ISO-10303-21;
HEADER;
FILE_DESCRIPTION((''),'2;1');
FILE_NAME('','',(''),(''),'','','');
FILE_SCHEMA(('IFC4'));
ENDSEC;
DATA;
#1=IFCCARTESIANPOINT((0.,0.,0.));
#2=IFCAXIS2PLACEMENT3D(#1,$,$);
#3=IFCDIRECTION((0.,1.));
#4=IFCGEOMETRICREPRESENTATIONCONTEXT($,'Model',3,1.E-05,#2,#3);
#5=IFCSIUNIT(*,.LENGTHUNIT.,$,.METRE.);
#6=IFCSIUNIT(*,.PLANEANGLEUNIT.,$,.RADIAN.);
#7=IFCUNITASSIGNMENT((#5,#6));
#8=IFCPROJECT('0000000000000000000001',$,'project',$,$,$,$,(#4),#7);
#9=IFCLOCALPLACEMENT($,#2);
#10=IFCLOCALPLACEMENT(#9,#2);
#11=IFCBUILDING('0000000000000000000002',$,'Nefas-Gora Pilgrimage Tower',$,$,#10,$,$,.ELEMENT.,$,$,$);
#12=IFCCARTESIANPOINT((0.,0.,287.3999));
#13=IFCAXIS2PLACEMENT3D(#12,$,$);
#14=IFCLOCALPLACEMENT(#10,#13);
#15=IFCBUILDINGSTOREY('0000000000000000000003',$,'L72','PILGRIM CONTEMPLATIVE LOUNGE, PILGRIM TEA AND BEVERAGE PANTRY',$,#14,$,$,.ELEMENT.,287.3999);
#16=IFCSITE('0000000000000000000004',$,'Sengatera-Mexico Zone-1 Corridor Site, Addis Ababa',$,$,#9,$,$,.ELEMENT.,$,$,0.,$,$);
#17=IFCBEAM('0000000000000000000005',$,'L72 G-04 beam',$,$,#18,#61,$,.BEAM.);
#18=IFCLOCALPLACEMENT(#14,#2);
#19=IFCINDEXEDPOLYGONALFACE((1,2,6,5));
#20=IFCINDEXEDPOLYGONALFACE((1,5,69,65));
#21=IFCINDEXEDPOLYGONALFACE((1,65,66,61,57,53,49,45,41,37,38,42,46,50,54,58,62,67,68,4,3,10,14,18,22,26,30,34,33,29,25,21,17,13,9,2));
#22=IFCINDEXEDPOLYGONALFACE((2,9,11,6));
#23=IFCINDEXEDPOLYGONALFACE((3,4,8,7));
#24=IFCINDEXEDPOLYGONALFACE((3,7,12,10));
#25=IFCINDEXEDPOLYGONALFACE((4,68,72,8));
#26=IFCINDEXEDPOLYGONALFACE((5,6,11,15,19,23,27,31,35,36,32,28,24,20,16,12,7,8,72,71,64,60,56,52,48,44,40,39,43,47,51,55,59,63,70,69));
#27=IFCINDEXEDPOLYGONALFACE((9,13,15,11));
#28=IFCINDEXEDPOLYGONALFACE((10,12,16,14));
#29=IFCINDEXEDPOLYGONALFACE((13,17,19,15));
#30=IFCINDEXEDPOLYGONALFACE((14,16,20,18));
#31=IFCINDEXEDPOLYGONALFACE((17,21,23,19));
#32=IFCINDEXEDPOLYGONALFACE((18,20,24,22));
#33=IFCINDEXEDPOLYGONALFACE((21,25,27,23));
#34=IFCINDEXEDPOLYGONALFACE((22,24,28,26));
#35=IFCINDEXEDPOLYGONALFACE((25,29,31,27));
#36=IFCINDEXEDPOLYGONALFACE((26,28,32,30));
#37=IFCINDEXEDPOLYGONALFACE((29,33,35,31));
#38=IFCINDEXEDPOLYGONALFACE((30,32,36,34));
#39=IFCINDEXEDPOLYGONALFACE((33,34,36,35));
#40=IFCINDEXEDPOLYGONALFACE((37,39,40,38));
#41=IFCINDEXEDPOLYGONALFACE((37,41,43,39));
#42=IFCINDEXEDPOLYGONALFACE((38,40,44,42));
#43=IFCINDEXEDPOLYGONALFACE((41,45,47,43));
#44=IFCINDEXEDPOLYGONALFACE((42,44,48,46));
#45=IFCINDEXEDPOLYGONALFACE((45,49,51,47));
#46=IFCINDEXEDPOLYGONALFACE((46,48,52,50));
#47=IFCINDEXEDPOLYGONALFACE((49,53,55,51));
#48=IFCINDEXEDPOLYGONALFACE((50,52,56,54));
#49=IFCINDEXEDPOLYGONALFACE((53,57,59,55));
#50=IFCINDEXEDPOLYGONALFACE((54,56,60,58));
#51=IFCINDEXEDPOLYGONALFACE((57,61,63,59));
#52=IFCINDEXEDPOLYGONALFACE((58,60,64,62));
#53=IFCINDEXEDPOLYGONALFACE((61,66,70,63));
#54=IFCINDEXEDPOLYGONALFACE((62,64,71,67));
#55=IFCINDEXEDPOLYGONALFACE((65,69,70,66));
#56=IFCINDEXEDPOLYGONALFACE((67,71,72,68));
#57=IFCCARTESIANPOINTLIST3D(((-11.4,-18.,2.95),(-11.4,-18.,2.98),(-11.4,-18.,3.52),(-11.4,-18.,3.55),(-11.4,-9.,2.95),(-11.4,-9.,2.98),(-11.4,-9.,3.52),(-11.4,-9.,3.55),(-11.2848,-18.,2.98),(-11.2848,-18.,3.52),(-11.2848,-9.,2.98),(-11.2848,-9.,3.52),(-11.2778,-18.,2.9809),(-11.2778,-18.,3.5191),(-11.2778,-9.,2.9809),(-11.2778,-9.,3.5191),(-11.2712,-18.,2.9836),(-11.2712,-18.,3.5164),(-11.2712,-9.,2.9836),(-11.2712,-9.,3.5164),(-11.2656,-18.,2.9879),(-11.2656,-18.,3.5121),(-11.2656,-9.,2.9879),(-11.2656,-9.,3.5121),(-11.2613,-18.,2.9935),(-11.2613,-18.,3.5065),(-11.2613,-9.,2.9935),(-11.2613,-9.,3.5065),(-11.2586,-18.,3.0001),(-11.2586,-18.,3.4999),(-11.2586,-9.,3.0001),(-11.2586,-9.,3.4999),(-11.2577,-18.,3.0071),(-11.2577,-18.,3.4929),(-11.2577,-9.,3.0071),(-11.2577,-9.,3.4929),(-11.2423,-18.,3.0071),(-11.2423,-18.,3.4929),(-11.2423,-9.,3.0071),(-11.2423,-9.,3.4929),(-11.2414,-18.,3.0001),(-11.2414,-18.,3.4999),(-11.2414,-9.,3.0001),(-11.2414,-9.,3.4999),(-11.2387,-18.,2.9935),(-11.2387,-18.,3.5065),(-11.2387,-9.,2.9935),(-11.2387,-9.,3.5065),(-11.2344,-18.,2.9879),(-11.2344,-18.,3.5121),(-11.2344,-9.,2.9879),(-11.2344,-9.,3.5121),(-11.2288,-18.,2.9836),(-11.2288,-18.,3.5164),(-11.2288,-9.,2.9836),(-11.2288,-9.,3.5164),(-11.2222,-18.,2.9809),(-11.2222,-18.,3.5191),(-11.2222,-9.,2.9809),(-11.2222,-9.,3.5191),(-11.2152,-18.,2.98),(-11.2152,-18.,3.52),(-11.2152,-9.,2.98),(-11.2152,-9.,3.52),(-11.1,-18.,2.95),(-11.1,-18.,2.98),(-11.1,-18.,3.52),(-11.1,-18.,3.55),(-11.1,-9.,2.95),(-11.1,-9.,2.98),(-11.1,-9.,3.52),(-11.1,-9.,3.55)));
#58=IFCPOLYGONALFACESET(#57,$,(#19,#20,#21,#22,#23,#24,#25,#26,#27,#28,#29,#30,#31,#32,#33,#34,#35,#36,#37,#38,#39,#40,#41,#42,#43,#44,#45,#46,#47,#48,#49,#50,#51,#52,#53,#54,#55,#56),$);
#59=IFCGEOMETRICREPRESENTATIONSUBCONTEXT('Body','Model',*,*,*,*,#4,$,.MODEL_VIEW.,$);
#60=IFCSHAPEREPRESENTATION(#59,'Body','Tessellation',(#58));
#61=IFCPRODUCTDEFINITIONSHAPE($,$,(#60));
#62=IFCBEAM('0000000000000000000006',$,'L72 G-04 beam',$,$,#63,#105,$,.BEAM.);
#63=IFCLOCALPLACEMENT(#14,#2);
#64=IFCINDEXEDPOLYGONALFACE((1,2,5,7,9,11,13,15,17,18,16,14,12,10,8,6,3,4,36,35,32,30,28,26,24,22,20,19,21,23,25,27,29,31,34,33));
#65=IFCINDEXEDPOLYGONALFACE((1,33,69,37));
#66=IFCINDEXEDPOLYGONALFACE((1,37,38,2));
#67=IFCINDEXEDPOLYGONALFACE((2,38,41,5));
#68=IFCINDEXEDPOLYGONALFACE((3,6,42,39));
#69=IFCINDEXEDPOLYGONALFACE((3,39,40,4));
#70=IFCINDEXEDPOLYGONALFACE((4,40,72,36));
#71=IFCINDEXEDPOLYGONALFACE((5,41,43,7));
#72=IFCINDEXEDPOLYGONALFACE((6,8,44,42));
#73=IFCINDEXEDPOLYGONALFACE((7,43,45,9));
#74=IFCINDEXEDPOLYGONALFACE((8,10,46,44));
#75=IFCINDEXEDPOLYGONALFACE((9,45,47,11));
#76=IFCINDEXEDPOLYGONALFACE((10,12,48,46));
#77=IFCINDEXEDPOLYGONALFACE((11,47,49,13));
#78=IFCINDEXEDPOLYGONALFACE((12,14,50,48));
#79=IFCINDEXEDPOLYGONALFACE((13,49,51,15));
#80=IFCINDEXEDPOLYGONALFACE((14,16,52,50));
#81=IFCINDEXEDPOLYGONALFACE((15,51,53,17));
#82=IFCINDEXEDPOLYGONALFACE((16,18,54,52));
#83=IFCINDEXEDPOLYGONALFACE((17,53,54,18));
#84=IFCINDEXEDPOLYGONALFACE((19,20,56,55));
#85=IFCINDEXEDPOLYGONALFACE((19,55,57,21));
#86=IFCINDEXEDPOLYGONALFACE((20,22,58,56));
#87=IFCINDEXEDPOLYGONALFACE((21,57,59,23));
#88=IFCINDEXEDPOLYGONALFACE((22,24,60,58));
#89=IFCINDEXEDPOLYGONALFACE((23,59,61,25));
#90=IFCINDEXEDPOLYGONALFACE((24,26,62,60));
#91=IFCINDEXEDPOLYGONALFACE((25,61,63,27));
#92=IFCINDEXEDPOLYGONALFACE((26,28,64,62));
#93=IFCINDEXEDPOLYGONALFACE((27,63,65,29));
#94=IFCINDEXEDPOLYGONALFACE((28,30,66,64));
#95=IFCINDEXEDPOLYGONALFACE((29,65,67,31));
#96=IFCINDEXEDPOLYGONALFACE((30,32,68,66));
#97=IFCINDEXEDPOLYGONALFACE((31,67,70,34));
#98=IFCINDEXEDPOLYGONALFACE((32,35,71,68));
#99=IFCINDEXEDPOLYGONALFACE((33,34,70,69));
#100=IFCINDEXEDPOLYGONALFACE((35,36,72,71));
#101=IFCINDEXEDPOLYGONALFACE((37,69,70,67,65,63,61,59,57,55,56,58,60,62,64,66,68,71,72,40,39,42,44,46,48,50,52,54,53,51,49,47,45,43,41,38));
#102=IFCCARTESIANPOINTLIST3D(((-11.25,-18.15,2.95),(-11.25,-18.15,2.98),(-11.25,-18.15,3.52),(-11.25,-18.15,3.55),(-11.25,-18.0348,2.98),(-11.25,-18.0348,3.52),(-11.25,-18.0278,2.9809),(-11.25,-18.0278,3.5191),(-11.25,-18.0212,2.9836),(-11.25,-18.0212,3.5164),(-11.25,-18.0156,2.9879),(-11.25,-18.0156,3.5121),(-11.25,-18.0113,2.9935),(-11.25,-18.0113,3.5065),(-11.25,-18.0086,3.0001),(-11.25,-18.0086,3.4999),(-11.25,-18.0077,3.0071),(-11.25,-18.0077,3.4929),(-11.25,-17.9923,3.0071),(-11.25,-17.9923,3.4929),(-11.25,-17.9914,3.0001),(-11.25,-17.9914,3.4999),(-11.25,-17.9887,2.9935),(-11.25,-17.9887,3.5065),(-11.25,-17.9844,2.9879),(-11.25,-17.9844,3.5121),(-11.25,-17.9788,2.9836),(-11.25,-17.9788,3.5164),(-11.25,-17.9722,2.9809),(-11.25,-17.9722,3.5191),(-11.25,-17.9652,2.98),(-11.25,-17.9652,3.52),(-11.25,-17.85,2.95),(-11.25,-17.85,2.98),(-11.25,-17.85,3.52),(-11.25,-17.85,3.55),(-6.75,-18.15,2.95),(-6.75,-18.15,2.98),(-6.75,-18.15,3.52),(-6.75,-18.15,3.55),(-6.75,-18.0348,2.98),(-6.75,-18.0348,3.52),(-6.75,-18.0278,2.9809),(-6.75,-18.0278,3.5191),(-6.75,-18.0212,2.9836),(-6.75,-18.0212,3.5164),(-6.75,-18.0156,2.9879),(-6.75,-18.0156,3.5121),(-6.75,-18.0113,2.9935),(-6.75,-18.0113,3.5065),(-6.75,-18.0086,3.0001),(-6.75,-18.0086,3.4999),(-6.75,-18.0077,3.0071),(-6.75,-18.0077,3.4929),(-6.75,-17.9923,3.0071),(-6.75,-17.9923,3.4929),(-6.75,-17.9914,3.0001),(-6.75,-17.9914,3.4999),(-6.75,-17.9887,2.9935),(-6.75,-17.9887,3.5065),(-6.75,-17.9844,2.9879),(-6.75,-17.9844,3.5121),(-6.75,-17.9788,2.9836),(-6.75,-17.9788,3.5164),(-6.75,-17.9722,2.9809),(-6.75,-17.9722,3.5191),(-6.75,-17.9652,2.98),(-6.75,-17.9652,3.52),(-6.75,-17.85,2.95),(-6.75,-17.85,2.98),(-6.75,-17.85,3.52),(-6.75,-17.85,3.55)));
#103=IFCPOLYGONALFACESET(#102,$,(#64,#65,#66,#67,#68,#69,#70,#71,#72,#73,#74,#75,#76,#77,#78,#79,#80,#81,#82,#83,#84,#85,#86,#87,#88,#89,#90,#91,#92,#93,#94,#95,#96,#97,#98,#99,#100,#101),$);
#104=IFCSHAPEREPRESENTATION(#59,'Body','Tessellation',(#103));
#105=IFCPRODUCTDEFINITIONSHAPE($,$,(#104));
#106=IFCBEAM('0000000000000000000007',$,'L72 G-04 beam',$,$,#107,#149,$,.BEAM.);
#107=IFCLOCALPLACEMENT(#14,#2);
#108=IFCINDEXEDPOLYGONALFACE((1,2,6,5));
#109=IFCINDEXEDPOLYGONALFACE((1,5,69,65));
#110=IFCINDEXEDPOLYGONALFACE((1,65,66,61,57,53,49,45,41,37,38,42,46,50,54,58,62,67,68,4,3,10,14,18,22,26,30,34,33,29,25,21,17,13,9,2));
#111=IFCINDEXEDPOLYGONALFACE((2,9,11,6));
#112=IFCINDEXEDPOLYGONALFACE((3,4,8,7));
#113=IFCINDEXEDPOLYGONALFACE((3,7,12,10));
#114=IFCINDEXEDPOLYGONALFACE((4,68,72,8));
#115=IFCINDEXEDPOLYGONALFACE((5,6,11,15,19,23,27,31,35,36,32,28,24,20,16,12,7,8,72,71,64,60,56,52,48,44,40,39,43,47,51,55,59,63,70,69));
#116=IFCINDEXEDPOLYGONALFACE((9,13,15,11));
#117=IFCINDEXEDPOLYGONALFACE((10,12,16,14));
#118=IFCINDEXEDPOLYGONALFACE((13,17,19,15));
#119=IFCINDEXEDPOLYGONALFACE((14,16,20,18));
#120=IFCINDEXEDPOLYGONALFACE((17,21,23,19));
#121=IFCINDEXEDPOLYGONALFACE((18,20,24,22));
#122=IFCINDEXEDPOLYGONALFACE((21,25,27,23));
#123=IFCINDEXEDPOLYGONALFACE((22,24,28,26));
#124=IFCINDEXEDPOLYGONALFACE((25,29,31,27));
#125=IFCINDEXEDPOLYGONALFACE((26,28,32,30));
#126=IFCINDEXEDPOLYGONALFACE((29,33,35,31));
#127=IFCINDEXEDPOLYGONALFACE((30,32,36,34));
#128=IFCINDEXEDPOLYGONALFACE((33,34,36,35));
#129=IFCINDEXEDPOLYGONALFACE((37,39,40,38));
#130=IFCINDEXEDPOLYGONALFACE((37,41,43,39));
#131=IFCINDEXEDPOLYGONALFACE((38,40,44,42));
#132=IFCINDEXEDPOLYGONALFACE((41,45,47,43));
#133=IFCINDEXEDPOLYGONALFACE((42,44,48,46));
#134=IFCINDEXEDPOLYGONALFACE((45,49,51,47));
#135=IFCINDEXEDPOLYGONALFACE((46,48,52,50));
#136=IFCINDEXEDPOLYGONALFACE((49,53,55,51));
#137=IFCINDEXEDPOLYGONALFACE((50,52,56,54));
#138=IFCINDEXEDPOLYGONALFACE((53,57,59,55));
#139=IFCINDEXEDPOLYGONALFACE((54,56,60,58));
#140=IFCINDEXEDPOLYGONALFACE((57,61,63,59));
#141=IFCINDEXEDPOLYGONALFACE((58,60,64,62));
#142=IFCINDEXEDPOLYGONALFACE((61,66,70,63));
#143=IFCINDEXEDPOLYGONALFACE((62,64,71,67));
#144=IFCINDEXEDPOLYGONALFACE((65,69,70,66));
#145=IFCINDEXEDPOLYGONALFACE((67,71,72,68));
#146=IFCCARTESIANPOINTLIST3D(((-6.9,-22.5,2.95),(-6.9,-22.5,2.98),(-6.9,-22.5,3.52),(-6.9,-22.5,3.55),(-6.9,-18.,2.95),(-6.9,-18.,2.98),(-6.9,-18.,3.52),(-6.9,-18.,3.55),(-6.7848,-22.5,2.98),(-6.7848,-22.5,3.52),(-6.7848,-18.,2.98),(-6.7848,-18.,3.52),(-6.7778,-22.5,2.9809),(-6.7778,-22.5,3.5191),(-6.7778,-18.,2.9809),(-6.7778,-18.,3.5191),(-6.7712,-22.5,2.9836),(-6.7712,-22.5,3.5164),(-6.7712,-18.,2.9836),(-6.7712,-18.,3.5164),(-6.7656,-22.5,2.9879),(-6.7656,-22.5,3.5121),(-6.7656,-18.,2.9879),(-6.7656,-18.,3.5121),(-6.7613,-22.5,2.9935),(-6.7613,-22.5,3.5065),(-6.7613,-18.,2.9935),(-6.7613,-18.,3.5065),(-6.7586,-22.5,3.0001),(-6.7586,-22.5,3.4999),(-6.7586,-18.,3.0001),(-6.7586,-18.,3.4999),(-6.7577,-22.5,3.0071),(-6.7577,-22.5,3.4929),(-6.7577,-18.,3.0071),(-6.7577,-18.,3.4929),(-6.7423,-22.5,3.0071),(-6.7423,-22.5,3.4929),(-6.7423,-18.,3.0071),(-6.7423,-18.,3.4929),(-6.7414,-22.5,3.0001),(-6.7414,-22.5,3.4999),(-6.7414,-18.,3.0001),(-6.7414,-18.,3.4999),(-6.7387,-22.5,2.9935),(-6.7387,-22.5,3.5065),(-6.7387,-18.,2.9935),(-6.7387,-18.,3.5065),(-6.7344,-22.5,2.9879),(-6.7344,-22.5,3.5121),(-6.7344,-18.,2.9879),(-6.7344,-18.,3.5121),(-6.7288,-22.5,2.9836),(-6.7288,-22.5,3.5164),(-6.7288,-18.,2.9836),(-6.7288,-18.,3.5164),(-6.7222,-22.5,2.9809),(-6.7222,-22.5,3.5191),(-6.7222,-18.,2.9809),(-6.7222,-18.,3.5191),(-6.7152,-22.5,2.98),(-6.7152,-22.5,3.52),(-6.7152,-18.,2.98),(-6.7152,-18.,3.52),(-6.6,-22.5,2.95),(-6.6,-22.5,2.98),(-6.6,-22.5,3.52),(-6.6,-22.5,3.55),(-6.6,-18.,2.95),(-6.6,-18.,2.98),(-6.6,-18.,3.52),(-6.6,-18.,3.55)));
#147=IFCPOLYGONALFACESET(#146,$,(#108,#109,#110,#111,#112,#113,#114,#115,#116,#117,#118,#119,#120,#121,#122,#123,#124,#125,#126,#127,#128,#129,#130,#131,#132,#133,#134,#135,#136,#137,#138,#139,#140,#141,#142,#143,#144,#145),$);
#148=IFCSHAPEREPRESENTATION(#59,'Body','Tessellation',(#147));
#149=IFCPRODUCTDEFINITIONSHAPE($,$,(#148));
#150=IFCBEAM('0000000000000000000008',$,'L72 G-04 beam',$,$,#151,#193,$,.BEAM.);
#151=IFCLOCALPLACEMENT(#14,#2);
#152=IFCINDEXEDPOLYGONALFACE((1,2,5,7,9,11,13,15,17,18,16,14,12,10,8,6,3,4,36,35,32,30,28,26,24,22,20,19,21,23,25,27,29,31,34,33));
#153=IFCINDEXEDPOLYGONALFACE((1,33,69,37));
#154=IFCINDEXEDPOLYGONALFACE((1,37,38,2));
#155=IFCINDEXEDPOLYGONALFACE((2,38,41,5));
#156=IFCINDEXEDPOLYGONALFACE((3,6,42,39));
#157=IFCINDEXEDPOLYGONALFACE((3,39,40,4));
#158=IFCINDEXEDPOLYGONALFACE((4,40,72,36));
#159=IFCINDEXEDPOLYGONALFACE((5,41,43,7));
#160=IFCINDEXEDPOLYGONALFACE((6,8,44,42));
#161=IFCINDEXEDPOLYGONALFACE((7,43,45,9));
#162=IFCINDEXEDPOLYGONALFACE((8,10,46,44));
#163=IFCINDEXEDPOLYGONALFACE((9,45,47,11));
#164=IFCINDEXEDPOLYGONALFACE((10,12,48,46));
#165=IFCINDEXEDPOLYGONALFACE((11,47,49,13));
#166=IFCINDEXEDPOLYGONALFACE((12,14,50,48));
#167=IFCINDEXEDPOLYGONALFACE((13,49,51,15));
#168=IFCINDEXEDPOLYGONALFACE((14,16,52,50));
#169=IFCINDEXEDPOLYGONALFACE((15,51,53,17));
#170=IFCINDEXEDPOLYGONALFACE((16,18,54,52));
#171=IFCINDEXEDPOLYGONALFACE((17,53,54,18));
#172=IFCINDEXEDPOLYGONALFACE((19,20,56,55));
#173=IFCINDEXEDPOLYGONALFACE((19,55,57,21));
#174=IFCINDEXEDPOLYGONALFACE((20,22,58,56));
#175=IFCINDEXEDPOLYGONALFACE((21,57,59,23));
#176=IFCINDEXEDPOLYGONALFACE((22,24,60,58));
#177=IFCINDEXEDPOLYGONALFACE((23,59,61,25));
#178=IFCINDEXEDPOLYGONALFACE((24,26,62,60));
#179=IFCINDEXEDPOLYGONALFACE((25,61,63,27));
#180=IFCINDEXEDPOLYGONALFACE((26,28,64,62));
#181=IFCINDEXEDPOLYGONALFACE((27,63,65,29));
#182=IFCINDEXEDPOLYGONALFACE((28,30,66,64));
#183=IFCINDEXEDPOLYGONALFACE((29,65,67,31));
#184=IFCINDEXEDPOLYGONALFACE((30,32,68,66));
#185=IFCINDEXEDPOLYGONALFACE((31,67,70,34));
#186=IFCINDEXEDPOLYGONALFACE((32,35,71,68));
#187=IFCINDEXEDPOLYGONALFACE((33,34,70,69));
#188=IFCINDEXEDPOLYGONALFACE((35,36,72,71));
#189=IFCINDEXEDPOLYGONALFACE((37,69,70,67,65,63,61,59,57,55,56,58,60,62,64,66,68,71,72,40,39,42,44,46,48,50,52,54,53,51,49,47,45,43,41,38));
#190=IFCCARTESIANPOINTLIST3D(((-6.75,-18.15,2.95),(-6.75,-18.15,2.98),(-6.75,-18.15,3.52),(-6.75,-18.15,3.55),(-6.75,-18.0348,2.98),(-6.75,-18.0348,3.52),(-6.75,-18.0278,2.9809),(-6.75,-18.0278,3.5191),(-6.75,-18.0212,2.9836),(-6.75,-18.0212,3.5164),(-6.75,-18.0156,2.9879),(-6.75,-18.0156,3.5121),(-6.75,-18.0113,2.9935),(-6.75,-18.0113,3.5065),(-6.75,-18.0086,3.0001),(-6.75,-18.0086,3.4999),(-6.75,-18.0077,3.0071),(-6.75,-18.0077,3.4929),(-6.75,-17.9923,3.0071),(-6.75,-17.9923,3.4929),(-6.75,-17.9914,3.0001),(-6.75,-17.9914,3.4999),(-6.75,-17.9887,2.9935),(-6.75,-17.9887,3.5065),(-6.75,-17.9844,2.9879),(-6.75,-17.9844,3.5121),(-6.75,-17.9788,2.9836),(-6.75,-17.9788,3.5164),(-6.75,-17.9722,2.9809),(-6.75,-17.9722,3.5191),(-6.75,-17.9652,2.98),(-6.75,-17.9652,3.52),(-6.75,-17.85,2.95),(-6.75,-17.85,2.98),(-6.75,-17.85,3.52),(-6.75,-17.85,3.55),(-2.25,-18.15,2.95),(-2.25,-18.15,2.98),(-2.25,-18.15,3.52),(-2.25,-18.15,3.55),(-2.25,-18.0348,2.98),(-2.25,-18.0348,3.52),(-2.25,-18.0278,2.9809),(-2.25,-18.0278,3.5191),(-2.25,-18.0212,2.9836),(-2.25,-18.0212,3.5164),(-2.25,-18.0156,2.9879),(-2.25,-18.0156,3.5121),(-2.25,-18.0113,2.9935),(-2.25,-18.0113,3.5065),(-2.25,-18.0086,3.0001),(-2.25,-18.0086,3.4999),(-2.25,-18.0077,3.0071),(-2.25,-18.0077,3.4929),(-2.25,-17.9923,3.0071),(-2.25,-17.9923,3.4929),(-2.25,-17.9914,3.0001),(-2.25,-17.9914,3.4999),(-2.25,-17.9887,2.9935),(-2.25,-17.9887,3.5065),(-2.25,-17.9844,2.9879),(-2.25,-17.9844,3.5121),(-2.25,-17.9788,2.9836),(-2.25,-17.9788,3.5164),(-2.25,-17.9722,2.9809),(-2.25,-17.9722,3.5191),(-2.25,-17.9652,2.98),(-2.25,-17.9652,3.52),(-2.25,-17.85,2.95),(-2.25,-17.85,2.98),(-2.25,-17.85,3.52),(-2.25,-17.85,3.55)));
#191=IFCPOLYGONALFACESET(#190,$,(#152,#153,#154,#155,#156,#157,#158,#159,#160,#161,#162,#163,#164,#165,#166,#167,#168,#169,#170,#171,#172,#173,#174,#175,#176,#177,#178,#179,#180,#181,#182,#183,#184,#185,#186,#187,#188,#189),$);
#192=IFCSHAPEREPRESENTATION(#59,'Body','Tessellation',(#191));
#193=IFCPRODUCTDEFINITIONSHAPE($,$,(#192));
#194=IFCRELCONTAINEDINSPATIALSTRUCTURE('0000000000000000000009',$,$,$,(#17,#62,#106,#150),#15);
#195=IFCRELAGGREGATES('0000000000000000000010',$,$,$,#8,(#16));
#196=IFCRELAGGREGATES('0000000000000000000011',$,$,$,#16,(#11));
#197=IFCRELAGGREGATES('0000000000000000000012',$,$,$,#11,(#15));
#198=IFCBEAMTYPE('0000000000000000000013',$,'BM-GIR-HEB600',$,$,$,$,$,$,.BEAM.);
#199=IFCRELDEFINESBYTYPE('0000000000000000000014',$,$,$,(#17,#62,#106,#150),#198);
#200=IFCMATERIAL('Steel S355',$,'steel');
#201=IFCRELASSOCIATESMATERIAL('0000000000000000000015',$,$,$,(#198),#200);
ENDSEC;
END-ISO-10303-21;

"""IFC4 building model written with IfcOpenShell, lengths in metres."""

from ifc_helpers import new_model, si_unit, direction, frame, origin, origin_2d, place, context, subcontext, project, spatial, i_section, extrude, source, transform, mapped, material, material_profile, profile_set, type_object, element, save


model = new_model("IFC4")

# Units and contexts
model_context = context("Model", 3, precision=1e-05, world=origin(), true_north=direction((0.0, 1.0)))
body_context = subcontext(model_context, "Body", "Model", "MODEL_VIEW")
ifc_project = project(units=[si_unit("LENGTHUNIT", "METRE"), si_unit("PLANEANGLEUNIT", "RADIAN")], contexts=[model_context])

# Site, building, storey
site_placement = place(None, origin())
site = spatial("IfcSite", under=ifc_project, at=site_placement, Name="Sengatera-Mexico Zone-1 Corridor Site, Addis Ababa", CompositionType="ELEMENT", RefElevation=0.0)
building_placement = place(site_placement, origin())
building = spatial("IfcBuilding", under=site, at=building_placement, Name="Nefas-Gora Pilgrimage Tower", CompositionType="ELEMENT")
storey_placement = place(building_placement, frame((0.0, 0.0, 287.3999)))
storey = spatial("IfcBuildingStorey", under=building, at=storey_placement, Name="L72", Description="PILGRIM CONTEMPLATIVE LOUNGE, PILGRIM TEA AND BEVERAGE PANTRY", CompositionType="ELEMENT", Elevation=287.3999)

# Shared definitions
ifc_material_1 = material(Name="Steel S355", Category="steel")

# Beams
ifc_material_profile_1 = material_profile(ifc_material_1, i_section(OverallWidth=0.3, OverallDepth=0.6001, WebThickness=0.0154, FlangeThickness=0.03, FilletRadius=0.0271, at=origin_2d()), Name="HEB 600")
ifc_profile_set_1 = profile_set([ifc_material_profile_1], Name="Steel S355")
beam_type_1 = type_object("IfcBeamType", Name="BM-GIR-HEB600", PredefinedType="BEAM", material=ifc_profile_set_1)
shared_shape_1 = source(origin(), body_context, "Body", "SweptSolid", [
    extrude(i_section(OverallWidth=0.3, OverallDepth=0.6001, WebThickness=0.0154, FlangeThickness=0.03, FilletRadius=0.0271, at=origin_2d()), origin(), (0.0, 0.0, 1.0), 9.0),
])
beam_placement = place(storey_placement, frame((-11.25, -18.0, 3.25), z_axis=(0.0, 1.0, 0.0), x_axis=(-1.0, 0.0, 0.0)))
element("IfcBeam", 1, at=beam_placement, inside=storey, type_object=beam_type_1, Name="L72 G-04 beam", PredefinedType="BEAM", context=body_context, shape_type="MappedRepresentation", body=[
    mapped(shared_shape_1, transform((0.0, 0.0, 0.0), x_axis=(1.0, 0.0, 0.0), y_axis=(0.0, 1.0, 0.0), z_axis=(0.0, 0.0, 1.0), scale=1.0)),
])
shared_shape_2 = source(origin(), body_context, "Body", "SweptSolid", [
    extrude(i_section(OverallWidth=0.3, OverallDepth=0.6001, WebThickness=0.0154, FlangeThickness=0.03, FilletRadius=0.0271, at=origin_2d()), origin(), (0.0, 0.0, 1.0), 4.5),
])
for number, where, z_axis, x_axis, name in (
    (2, (-11.25, -18.0, 3.25), (1.0, 0.0, 0.0), (0.0, 1.0, 0.0), "L72 G-04 beam"),
    (3, (-6.75, -22.5, 3.25), (0.0, 1.0, 0.0), (-1.0, 0.0, 0.0), "L72 G-04 beam"),
    (4, (-6.75, -18.0, 3.25), (1.0, 0.0, 0.0), (0.0, 1.0, 0.0), "L72 G-04 beam"),
):
    element("IfcBeam", number, at=place(storey_placement, frame(where, z_axis=z_axis, x_axis=x_axis)), inside=storey, type_object=beam_type_1, Name=name, PredefinedType="BEAM", context=body_context, shape_type="MappedRepresentation", body=[
        mapped(shared_shape_2, transform((0.0, 0.0, 0.0), x_axis=(1.0, 0.0, 0.0), y_axis=(0.0, 1.0, 0.0), z_axis=(0.0, 0.0, 1.0), scale=1.0)),
    ])

save(model, "model.ifc")
